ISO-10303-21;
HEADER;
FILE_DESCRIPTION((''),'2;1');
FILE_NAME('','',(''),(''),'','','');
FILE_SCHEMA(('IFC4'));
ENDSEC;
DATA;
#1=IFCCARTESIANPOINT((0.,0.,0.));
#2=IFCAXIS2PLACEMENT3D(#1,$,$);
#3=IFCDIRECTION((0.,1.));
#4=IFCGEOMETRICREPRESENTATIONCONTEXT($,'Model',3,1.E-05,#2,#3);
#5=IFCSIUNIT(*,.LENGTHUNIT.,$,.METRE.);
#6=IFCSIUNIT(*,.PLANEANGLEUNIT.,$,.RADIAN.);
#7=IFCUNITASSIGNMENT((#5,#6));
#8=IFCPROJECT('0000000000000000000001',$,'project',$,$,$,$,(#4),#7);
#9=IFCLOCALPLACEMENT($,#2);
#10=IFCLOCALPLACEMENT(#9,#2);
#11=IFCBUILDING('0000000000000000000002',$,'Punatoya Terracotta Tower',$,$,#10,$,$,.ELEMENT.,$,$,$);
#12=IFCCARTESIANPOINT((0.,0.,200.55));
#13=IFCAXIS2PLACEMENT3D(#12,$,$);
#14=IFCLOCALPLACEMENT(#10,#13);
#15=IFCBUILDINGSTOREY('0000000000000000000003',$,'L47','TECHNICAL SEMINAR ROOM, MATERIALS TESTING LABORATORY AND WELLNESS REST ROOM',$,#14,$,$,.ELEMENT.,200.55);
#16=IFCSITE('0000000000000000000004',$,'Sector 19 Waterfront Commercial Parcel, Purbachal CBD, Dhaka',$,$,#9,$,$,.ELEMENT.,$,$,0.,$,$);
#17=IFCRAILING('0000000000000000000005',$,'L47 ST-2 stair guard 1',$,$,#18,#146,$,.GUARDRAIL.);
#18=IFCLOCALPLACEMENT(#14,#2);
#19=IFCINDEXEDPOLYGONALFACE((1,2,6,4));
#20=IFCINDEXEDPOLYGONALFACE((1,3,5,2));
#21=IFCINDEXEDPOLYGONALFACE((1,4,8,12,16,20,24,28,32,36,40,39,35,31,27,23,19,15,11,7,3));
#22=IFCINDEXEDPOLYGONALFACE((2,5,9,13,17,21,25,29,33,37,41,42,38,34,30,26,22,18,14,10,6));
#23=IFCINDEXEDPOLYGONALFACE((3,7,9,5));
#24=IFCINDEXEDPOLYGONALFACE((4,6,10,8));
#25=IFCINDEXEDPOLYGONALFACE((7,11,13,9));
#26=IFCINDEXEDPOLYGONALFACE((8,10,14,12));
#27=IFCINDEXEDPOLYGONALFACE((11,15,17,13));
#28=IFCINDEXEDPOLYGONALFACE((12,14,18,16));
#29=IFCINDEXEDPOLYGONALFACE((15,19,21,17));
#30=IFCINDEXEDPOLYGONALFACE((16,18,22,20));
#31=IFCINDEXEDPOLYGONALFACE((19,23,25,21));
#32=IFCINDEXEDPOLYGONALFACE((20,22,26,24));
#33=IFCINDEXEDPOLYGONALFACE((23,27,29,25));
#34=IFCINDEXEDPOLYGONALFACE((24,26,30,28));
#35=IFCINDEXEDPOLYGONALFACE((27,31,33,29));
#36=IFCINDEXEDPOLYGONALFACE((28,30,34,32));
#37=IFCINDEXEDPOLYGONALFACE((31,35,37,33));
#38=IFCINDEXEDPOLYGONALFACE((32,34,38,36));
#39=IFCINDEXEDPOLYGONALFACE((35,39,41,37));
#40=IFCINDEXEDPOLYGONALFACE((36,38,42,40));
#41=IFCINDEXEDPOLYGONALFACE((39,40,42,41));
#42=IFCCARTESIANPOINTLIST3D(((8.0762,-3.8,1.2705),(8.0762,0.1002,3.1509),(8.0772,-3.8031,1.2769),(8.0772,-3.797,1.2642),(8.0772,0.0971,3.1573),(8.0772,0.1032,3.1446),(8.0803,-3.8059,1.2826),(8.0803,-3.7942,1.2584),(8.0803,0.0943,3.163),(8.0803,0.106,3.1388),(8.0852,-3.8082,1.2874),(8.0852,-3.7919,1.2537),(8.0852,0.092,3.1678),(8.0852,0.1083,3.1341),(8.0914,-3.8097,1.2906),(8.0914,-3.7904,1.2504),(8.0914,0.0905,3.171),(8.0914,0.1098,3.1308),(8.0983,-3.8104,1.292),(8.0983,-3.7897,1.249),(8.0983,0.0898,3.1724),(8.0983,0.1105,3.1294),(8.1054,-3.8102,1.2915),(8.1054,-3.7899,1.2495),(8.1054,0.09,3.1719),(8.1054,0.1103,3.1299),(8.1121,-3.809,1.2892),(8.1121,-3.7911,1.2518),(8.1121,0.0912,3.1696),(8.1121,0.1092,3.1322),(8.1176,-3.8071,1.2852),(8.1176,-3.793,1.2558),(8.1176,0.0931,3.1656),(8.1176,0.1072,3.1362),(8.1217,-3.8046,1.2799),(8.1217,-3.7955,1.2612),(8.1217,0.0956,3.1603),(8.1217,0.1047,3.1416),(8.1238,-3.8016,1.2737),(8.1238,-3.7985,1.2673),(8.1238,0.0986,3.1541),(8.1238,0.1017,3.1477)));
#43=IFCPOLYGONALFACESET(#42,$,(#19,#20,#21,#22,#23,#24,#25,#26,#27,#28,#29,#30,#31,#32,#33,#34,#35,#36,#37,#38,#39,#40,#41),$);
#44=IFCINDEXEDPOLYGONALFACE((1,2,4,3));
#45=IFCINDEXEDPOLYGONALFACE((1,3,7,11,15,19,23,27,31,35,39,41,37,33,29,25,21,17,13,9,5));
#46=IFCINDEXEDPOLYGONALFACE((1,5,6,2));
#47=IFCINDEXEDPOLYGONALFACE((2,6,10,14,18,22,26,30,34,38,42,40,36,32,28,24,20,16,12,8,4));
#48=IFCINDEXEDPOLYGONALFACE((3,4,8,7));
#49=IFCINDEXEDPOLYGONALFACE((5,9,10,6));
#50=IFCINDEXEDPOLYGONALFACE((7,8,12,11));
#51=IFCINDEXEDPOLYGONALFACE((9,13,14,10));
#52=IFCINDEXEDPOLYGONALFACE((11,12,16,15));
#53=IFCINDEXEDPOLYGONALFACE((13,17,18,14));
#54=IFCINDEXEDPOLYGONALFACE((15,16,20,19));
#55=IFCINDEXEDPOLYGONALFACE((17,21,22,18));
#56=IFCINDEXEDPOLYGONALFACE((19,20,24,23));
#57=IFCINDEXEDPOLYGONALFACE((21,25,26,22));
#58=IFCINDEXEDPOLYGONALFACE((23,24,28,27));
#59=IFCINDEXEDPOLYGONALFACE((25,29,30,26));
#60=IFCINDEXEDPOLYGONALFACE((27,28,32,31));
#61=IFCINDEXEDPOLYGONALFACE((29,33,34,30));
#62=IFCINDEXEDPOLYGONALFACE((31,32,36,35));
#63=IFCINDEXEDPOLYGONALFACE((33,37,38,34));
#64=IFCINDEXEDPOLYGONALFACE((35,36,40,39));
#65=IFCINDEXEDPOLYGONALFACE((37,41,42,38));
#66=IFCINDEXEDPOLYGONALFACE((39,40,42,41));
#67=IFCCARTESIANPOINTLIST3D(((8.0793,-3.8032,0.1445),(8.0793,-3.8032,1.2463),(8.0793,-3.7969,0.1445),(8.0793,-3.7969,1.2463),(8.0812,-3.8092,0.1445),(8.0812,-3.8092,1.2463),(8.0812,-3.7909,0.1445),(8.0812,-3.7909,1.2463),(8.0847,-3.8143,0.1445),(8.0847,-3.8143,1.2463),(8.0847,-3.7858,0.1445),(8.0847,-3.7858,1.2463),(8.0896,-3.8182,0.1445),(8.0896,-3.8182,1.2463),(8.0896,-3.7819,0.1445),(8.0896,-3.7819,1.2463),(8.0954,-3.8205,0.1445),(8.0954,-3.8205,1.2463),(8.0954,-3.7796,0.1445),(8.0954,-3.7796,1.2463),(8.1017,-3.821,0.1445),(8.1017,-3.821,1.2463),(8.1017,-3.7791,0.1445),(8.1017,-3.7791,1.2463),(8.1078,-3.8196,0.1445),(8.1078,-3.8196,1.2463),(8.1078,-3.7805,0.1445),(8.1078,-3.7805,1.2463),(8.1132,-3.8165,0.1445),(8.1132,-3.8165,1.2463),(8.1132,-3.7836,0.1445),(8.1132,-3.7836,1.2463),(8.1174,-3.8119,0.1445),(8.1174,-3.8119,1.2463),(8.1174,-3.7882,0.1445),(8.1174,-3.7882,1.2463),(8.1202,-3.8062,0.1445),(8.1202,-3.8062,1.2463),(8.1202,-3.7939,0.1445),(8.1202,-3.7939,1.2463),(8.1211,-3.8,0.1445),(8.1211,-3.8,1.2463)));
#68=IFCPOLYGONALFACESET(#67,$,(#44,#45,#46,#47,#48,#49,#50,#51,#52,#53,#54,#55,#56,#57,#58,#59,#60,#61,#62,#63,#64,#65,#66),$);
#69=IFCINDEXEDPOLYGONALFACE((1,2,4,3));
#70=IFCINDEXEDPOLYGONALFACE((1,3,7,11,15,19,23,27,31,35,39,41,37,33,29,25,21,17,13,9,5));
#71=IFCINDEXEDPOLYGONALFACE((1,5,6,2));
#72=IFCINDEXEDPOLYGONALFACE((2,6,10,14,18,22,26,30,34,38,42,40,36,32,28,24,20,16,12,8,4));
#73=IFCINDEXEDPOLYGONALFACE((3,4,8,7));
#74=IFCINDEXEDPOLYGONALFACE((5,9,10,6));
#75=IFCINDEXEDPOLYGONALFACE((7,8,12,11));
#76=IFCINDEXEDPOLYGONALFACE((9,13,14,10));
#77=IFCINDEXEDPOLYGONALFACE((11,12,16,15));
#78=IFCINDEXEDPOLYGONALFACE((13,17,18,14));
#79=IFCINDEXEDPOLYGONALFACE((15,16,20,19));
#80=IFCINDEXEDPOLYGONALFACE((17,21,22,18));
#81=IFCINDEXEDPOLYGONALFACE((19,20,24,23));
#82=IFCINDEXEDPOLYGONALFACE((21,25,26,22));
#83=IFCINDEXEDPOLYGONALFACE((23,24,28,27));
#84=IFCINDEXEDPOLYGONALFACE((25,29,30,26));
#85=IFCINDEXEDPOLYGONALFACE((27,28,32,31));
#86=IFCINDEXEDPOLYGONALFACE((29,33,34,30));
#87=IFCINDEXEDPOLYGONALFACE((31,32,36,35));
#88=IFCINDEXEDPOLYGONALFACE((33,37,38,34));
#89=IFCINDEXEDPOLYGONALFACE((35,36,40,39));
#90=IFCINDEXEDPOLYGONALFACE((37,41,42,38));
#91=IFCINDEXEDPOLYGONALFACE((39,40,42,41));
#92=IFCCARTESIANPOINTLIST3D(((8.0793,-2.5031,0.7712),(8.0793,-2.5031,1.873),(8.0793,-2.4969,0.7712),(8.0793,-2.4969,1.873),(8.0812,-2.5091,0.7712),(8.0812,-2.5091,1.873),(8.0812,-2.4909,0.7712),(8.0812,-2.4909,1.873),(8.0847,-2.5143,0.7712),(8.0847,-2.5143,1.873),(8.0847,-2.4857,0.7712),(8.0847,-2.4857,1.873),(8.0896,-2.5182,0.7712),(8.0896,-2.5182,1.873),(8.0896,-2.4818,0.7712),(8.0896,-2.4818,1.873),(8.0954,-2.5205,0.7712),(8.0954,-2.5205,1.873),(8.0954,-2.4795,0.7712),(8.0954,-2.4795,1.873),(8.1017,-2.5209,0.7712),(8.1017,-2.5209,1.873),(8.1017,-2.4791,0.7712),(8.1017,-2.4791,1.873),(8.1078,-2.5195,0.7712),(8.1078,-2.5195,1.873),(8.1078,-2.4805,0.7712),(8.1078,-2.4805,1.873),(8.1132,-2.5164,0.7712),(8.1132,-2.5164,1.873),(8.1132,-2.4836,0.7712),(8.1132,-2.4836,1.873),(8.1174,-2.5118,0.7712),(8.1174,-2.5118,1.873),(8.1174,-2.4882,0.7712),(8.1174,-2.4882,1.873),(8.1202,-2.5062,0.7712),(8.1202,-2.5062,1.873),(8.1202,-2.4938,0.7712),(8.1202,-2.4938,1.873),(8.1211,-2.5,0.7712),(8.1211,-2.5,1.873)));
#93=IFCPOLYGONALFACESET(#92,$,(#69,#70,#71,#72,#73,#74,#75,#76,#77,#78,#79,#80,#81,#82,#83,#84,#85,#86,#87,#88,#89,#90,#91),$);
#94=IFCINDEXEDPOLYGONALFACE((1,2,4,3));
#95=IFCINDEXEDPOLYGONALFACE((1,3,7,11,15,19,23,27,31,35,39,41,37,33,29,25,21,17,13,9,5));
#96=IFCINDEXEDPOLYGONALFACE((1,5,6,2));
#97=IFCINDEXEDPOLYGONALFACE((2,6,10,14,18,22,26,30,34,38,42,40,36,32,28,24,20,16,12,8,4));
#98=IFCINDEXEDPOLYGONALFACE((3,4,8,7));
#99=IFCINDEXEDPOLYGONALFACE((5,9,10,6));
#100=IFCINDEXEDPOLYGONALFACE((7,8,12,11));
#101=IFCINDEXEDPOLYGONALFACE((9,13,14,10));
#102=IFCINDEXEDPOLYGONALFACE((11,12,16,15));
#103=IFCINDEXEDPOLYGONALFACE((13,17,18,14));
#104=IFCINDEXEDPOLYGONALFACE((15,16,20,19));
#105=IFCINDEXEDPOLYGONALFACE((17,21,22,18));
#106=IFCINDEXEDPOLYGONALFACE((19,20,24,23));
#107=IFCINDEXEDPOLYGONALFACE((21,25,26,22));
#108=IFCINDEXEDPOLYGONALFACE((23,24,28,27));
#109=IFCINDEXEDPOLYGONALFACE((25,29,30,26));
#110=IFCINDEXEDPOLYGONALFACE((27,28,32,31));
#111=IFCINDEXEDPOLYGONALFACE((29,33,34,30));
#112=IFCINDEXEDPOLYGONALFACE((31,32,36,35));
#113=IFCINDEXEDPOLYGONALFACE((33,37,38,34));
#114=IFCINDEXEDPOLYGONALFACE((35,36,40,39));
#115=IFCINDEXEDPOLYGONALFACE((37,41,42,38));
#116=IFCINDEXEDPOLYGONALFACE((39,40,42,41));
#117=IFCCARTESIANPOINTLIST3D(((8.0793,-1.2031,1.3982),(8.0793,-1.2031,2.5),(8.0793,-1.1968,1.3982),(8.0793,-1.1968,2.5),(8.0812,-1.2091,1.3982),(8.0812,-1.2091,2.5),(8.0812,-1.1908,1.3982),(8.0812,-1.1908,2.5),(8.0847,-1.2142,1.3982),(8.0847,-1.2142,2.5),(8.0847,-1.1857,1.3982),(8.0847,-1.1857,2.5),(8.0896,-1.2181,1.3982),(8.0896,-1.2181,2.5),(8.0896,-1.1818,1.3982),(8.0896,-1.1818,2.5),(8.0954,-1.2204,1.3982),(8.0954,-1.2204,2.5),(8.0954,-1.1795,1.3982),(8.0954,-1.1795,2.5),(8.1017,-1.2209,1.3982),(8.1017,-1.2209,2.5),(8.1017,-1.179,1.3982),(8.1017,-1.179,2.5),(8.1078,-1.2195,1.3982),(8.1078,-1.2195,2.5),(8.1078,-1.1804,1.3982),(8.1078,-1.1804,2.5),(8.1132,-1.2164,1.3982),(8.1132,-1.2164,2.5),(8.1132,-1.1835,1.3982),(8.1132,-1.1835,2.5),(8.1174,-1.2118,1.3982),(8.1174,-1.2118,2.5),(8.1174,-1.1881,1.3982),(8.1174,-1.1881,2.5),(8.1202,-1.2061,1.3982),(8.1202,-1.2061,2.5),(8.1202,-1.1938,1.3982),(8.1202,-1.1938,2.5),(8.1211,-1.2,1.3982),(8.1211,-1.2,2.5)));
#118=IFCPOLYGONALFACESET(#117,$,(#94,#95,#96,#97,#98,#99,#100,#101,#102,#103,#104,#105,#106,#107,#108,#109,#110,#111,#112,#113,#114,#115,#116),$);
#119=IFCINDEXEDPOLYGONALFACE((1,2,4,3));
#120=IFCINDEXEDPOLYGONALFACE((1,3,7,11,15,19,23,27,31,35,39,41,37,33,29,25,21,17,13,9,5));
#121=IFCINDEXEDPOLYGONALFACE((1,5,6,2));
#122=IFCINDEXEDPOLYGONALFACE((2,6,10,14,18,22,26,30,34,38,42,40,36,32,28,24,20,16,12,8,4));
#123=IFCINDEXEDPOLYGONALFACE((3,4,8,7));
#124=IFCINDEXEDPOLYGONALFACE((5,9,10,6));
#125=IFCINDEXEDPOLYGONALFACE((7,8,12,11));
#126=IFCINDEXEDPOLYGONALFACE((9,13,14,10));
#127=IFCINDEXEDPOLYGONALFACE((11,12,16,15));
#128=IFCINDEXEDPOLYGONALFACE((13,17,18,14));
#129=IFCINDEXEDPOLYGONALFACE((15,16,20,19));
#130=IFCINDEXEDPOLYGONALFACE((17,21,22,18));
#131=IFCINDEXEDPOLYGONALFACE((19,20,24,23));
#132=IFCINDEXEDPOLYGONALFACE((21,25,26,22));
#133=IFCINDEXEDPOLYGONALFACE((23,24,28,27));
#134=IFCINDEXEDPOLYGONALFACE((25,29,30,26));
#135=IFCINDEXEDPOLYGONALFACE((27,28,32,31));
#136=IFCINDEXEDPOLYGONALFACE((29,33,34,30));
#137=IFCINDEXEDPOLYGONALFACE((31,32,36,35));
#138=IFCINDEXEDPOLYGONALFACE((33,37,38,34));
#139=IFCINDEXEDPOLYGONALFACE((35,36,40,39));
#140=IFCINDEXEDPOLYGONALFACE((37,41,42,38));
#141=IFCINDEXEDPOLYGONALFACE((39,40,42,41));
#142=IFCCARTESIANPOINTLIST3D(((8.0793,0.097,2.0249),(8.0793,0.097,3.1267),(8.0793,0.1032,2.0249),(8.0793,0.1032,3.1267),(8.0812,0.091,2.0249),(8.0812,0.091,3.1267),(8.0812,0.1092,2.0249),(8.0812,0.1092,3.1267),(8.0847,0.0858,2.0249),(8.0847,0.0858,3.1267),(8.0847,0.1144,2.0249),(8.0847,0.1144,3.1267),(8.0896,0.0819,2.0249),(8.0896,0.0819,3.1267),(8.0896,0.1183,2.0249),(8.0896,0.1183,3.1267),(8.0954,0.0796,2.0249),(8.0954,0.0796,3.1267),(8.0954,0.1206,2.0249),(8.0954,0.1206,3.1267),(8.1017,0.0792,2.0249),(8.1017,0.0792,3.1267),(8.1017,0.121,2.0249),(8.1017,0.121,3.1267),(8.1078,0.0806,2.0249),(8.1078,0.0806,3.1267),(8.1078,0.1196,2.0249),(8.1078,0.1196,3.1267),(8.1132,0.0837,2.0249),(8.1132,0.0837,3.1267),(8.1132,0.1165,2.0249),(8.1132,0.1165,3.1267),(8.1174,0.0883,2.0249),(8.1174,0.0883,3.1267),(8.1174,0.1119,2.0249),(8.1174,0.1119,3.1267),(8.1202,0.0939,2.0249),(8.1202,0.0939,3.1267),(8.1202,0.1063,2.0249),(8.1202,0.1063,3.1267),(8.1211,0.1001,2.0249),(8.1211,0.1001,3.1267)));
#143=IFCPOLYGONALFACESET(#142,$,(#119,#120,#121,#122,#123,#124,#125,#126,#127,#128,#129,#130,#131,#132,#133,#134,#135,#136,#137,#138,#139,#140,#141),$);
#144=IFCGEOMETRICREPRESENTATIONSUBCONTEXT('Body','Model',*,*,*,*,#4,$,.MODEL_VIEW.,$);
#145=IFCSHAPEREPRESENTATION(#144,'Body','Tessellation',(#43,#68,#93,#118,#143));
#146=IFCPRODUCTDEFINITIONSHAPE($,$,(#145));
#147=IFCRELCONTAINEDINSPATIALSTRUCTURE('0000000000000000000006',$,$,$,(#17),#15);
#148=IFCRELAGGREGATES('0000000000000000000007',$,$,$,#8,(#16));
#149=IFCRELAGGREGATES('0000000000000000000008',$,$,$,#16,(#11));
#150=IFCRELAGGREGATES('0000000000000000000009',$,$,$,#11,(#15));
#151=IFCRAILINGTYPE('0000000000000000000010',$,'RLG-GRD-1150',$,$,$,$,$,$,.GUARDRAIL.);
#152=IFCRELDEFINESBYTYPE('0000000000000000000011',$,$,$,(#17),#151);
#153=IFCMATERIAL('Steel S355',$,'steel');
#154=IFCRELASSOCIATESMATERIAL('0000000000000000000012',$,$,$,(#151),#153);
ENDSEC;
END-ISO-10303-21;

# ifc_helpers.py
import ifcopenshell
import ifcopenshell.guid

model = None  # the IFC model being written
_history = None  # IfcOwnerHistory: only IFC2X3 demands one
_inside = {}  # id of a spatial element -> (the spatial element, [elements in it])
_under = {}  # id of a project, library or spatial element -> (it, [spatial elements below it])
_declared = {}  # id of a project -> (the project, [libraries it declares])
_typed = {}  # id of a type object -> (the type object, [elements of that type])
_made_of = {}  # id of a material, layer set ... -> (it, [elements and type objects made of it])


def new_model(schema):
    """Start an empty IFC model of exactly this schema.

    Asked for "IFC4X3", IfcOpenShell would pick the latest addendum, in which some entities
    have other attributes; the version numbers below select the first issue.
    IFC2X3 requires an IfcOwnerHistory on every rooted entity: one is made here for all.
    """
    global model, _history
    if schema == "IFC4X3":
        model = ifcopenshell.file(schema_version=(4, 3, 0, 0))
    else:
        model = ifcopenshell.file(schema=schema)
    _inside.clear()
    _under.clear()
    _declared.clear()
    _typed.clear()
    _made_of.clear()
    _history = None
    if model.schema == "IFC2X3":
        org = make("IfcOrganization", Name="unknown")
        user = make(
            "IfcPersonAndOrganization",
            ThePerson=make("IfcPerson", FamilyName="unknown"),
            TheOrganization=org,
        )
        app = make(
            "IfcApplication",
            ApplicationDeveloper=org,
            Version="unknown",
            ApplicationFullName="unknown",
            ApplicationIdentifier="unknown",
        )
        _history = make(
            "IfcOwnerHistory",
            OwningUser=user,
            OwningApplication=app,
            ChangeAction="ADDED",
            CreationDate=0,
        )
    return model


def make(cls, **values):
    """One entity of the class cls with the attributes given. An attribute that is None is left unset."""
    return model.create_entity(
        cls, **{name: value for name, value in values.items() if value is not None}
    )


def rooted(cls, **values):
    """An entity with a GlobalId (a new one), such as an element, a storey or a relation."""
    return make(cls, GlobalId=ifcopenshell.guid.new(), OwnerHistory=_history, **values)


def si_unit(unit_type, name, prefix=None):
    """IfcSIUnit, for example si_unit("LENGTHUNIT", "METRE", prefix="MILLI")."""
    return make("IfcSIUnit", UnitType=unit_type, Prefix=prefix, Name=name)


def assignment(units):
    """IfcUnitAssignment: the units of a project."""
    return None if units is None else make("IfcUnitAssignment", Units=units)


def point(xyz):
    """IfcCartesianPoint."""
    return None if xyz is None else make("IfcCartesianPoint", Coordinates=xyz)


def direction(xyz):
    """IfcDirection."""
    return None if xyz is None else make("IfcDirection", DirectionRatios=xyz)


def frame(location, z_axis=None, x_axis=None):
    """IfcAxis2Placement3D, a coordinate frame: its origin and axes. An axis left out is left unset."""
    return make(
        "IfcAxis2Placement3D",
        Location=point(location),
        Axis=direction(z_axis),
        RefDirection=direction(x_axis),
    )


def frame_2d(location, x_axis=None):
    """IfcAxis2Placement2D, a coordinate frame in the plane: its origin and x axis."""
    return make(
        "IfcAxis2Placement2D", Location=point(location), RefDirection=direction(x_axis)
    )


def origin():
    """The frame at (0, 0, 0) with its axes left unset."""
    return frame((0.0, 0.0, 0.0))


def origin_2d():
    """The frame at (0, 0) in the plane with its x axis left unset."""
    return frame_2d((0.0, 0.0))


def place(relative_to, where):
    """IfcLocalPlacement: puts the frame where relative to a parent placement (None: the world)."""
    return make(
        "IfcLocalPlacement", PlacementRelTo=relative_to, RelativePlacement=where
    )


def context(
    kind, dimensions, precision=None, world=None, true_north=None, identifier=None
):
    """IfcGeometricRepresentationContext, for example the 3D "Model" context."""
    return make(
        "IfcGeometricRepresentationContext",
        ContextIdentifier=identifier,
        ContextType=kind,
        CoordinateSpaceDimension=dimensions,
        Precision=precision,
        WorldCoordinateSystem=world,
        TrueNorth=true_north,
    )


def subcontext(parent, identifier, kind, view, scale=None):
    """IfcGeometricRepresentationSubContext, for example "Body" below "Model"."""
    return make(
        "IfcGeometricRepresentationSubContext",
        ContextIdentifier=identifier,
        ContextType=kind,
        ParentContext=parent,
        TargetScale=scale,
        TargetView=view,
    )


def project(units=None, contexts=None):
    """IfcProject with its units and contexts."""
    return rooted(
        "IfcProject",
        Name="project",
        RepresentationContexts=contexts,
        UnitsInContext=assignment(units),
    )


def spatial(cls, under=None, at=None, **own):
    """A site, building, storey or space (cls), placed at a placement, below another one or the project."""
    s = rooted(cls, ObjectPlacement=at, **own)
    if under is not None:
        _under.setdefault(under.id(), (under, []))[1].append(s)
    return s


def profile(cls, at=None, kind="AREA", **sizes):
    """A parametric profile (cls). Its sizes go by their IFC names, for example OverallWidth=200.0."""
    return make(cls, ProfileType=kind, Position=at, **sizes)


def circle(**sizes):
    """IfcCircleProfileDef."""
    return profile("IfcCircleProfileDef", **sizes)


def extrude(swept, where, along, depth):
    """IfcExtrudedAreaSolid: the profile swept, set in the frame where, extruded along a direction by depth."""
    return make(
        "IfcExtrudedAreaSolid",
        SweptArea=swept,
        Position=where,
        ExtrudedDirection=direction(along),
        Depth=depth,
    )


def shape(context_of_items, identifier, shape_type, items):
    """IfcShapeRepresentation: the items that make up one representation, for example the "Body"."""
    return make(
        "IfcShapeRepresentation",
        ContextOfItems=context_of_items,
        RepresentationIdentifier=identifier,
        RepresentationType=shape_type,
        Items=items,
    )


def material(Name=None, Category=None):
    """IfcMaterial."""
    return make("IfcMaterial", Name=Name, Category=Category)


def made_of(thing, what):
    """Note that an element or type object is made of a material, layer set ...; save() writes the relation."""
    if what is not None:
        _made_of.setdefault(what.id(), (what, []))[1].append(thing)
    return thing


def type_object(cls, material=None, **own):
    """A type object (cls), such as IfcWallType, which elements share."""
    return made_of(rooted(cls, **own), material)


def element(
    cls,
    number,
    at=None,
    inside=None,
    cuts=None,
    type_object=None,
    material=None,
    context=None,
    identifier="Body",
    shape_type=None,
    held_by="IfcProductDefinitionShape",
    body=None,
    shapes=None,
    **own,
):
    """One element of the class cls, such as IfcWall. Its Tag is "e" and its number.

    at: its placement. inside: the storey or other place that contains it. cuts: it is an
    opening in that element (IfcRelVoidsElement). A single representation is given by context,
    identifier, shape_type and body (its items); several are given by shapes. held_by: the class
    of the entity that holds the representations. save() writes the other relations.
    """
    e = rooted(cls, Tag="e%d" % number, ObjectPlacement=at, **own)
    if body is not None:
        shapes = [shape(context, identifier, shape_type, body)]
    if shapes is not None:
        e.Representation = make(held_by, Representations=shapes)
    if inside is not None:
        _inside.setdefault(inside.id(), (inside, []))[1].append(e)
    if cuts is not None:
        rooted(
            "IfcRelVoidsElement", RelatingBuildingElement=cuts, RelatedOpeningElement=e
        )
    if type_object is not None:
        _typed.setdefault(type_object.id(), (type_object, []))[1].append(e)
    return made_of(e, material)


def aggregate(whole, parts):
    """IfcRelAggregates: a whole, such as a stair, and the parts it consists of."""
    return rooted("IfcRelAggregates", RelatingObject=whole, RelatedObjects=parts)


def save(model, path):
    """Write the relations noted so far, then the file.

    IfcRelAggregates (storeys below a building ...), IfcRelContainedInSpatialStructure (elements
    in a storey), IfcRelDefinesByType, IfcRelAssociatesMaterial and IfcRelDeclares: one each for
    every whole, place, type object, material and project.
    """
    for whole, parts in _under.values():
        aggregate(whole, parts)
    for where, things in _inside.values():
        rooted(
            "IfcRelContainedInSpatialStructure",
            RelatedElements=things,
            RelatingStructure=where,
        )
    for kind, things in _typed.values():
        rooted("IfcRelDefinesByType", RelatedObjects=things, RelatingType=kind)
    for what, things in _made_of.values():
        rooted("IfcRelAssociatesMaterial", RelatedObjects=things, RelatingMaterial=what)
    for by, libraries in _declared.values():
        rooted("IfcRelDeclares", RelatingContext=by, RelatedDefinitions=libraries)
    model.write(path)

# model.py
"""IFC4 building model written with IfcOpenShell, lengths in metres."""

from ifc_helpers import new_model, si_unit, direction, frame, origin, origin_2d, place, context, subcontext, project, spatial, circle, extrude, material, type_object, element, save


model = new_model("IFC4")

# Units and contexts
model_context = context("Model", 3, precision=1e-05, world=origin(), true_north=direction((0.0, 1.0)))
body_context = subcontext(model_context, "Body", "Model", "MODEL_VIEW")
ifc_project = project(units=[si_unit("LENGTHUNIT", "METRE"), si_unit("PLANEANGLEUNIT", "RADIAN")], contexts=[model_context])

# Site, building, storey
site_placement = place(None, origin())
site = spatial("IfcSite", under=ifc_project, at=site_placement, Name="Sector 19 Waterfront Commercial Parcel, Purbachal CBD, Dhaka", CompositionType="ELEMENT", RefElevation=0.0)
building_placement = place(site_placement, origin())
building = spatial("IfcBuilding", under=site, at=building_placement, Name="Punatoya Terracotta Tower", CompositionType="ELEMENT")
storey_placement = place(building_placement, frame((0.0, 0.0, 200.55)))
storey = spatial("IfcBuildingStorey", under=building, at=storey_placement, Name="L47", Description="TECHNICAL SEMINAR ROOM, MATERIALS TESTING LABORATORY AND WELLNESS REST ROOM", CompositionType="ELEMENT", Elevation=200.55)

# Shared definitions
ifc_material_1 = material(Name="Steel S355", Category="steel")

# Railing
railing_type_1 = type_object("IfcRailingType", Name="RLG-GRD-1150", PredefinedType="GUARDRAIL", material=ifc_material_1)
railing_1_placement = place(storey_placement, frame((8.1001, -3.8, 0.1445)))
element("IfcRailing", 1, at=railing_1_placement, inside=storey, type_object=railing_type_1, Name="L47 ST-2 stair guard 1", PredefinedType="GUARDRAIL", context=body_context, shape_type="SweptSolid", body=[
    extrude(circle(Radius=0.0239, at=origin_2d()), frame((0.0, 0.0, 1.126), z_axis=(0.0, 0.900774, 0.434289), x_axis=(-1.0, 0.0, 0.0)), (0.0, 0.0, 1.0), 4.3298),
    extrude(circle(Radius=0.021, at=origin_2d()), origin(), (0.0, 0.0, 1.0), 1.1018),
    extrude(circle(Radius=0.021, at=origin_2d()), frame((0.0, 1.3, 0.6267)), (0.0, 0.0, 1.0), 1.1018),
    extrude(circle(Radius=0.021, at=origin_2d()), frame((0.0, 2.6001, 1.2537)), (0.0, 0.0, 1.0), 1.1018),
    extrude(circle(Radius=0.021, at=origin_2d()), frame((0.0, 3.9001, 1.8804)), (0.0, 0.0, 1.0), 1.1018),
])

save(model, "model.ifc")
